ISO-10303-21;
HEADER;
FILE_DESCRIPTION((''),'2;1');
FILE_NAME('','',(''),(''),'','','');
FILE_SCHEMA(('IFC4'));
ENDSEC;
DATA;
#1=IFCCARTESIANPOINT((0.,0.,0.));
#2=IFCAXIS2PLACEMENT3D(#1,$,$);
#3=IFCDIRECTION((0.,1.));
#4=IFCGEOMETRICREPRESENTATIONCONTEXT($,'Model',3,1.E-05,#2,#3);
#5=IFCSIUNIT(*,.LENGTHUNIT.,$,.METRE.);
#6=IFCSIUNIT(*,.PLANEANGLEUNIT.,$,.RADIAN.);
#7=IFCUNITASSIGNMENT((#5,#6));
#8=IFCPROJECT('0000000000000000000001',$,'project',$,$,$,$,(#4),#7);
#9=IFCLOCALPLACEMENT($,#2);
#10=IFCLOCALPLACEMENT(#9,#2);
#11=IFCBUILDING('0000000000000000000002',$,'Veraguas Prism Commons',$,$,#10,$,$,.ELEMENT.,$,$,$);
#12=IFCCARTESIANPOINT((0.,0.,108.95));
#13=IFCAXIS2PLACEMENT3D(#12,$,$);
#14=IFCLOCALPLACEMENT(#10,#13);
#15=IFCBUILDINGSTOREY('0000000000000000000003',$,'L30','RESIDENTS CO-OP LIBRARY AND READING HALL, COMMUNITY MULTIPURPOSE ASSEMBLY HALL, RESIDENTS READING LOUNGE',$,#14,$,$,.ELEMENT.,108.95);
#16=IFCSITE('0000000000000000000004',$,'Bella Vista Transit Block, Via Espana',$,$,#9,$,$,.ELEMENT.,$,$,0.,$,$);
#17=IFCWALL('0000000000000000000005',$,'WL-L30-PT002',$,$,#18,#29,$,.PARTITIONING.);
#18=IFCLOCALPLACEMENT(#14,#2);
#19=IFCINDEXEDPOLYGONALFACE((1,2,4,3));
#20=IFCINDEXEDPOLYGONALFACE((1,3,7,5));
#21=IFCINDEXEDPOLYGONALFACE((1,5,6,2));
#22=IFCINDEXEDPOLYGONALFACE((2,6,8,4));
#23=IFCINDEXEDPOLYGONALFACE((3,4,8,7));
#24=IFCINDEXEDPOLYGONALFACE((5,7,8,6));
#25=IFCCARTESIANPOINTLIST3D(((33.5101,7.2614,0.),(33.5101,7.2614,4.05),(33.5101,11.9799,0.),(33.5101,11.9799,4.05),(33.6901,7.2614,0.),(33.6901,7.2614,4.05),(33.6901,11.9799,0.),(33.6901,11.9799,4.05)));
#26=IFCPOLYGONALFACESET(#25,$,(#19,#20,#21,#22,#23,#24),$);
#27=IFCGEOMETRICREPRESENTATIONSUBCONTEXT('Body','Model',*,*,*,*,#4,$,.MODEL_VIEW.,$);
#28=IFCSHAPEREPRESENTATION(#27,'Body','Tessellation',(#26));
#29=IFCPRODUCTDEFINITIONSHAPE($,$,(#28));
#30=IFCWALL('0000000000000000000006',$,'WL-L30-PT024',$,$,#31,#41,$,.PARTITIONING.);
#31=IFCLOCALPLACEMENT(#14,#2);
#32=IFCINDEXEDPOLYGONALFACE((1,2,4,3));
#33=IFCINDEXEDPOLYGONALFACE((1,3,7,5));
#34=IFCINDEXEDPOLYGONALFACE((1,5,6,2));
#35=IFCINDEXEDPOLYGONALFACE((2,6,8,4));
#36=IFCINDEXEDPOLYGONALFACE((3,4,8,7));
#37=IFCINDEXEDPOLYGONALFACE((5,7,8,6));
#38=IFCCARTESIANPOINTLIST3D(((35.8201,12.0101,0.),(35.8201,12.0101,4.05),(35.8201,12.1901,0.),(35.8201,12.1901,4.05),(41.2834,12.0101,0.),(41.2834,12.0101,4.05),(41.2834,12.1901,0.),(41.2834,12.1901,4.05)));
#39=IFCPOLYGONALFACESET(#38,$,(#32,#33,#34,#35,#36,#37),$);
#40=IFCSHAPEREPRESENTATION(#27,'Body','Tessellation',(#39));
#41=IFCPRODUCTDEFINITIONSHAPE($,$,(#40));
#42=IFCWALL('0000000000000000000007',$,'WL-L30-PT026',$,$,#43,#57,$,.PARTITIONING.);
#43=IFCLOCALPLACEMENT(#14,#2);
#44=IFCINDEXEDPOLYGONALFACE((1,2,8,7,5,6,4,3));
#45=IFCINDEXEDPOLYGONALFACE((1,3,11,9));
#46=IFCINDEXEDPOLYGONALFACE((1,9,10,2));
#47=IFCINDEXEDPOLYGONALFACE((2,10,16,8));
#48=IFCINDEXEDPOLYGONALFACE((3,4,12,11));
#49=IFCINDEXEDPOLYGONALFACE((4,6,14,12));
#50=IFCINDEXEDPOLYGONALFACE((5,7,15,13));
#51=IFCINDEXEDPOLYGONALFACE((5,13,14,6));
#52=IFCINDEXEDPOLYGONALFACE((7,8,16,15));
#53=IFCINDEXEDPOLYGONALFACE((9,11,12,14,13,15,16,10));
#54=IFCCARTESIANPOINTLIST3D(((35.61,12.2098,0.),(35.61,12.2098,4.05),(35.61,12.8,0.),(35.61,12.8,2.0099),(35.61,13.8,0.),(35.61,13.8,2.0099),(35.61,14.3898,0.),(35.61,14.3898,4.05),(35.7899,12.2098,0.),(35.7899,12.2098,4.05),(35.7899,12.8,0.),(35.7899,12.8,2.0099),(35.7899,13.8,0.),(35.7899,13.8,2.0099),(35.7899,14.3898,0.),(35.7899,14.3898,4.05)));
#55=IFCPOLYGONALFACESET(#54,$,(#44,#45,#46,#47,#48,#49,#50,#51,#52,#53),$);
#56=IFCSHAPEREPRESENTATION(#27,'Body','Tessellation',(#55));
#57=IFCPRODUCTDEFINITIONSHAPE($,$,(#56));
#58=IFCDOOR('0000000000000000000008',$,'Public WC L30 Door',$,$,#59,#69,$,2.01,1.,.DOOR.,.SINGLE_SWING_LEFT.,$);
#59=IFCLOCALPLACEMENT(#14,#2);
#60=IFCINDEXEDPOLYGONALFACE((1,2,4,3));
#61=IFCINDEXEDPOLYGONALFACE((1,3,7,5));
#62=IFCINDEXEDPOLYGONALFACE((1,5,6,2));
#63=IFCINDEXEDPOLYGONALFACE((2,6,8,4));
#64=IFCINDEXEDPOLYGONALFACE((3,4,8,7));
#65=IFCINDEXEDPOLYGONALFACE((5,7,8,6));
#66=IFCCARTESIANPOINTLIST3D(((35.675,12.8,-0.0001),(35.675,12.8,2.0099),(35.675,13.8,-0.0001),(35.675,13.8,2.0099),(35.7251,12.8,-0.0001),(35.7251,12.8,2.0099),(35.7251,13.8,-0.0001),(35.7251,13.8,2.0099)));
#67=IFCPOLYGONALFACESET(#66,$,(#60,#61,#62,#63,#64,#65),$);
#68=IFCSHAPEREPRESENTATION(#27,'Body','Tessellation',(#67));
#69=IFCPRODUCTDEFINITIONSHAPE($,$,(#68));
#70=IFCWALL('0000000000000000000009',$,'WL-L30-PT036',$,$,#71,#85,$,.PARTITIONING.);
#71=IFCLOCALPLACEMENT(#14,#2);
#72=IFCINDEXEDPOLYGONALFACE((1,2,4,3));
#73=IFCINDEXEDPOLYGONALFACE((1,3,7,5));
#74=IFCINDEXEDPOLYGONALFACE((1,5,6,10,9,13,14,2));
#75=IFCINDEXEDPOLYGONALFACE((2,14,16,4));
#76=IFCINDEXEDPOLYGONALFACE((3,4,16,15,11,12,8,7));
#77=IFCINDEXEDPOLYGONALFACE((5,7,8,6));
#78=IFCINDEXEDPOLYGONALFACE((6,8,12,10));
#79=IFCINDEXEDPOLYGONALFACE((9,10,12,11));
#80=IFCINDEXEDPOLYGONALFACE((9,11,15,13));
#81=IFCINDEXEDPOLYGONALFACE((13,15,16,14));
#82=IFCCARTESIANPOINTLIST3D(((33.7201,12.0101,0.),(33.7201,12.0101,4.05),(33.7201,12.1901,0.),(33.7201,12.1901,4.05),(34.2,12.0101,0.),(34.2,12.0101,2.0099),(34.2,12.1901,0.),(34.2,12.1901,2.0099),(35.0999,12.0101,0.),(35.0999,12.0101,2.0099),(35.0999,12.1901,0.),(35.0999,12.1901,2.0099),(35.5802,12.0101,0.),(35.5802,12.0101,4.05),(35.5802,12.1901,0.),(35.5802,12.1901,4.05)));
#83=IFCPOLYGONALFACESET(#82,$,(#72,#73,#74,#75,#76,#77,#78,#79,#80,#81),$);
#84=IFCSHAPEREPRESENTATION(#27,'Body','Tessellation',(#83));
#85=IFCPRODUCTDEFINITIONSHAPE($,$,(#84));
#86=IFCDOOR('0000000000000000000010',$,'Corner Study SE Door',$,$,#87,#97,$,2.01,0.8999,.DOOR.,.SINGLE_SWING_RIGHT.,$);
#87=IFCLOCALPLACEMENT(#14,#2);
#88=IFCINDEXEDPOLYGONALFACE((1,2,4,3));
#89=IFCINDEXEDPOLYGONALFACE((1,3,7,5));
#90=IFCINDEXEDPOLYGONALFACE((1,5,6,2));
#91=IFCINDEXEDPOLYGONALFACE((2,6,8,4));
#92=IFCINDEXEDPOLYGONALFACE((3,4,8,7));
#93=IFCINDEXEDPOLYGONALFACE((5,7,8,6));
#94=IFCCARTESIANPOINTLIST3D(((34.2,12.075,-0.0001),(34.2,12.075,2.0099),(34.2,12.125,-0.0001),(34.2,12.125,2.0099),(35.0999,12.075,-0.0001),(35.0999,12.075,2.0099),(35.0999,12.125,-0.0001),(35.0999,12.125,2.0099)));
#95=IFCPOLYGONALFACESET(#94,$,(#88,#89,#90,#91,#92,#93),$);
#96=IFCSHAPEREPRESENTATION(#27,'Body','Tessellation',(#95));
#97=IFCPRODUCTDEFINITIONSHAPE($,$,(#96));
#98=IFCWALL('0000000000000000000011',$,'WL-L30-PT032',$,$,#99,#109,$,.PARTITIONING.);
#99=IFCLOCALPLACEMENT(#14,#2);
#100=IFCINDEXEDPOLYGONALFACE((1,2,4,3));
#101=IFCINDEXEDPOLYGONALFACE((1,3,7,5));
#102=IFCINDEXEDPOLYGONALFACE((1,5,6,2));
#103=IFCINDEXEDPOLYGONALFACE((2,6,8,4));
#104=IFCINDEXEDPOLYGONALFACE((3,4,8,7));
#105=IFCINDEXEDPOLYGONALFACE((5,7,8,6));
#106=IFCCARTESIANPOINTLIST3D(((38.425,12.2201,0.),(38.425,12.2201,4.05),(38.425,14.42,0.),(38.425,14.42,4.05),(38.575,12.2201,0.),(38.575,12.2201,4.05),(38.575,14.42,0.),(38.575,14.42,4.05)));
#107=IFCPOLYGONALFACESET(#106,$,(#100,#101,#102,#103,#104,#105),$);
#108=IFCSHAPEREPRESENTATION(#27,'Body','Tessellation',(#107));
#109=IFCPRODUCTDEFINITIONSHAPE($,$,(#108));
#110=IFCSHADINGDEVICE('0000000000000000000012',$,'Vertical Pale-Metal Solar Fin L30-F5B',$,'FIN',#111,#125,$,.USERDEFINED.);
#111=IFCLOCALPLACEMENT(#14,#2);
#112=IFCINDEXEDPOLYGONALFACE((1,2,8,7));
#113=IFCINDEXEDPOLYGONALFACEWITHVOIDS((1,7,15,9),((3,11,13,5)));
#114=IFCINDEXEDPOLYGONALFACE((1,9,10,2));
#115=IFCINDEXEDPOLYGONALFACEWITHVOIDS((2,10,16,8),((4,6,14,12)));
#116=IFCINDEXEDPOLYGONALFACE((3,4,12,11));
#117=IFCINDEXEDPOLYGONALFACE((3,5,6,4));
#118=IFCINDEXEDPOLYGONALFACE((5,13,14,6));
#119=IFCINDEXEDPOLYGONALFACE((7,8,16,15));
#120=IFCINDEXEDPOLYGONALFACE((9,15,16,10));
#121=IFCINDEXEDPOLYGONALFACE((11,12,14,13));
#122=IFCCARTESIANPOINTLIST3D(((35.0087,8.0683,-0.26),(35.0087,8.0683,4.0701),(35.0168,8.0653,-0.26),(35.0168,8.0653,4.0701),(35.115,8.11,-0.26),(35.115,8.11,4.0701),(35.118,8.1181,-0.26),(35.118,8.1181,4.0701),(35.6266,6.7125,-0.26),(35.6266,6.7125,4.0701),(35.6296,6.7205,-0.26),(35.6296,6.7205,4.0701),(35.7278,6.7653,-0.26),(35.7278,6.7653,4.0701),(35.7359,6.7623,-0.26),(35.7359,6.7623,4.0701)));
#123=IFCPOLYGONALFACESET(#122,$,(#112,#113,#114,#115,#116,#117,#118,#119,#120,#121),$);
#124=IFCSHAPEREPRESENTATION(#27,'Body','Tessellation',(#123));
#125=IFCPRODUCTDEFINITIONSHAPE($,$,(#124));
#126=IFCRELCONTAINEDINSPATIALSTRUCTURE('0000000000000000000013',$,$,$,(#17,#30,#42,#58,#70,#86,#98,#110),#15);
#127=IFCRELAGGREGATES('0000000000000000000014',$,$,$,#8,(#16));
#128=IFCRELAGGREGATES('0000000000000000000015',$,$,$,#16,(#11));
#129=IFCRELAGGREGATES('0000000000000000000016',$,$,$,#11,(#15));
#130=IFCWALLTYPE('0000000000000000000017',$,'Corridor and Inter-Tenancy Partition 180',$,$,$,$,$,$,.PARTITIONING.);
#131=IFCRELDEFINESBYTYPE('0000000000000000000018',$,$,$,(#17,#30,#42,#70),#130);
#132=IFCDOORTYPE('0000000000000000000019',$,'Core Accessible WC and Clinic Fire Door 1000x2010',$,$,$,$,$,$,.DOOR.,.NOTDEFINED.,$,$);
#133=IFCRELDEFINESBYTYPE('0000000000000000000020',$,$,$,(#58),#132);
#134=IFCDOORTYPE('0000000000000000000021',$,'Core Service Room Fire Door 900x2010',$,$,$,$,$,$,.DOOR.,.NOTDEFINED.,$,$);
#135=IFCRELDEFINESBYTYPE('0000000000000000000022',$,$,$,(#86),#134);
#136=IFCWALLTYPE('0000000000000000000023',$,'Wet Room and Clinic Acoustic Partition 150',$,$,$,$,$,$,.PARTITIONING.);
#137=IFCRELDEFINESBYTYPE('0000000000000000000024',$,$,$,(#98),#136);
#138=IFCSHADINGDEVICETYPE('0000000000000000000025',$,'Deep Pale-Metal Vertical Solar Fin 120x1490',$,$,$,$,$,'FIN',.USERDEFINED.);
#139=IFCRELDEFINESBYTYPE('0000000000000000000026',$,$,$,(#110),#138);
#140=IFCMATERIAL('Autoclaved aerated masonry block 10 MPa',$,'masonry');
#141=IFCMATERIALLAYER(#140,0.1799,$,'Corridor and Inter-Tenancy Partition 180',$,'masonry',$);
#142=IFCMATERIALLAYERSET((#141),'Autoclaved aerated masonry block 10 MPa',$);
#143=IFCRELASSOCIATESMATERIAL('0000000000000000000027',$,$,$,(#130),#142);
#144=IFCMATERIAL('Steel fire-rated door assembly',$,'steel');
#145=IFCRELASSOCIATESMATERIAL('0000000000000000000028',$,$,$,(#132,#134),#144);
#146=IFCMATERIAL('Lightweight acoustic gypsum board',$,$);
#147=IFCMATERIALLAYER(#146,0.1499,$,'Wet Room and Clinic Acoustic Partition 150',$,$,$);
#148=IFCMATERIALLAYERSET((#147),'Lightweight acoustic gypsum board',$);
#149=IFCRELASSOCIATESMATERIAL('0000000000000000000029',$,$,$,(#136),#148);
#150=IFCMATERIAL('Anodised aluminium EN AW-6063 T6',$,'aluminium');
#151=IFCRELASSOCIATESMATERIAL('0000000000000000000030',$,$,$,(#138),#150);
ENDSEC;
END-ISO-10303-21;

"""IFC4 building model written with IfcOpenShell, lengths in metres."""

from ifc_helpers import new_model, si_unit, direction, frame, frame_2d, origin, origin_2d, place, context, subcontext, project, spatial, rectangle, hollow_rectangle, extrude, source, transform, mapped, material, layer, layer_set, material_profile, profile_set, type_object, element, fill, save


model = new_model("IFC4")

# Units and contexts
model_context = context("Model", 3, precision=1e-05, world=origin(), true_north=direction((0.0, 1.0)))
body_context = subcontext(model_context, "Body", "Model", "MODEL_VIEW")
ifc_project = project(units=[si_unit("LENGTHUNIT", "METRE"), si_unit("PLANEANGLEUNIT", "RADIAN")], contexts=[model_context])

# Site, building, storey
site_placement = place(None, origin())
site = spatial("IfcSite", under=ifc_project, at=site_placement, Name="Bella Vista Transit Block, Via Espana", CompositionType="ELEMENT", RefElevation=0.0)
building_placement = place(site_placement, origin())
building = spatial("IfcBuilding", under=site, at=building_placement, Name="Veraguas Prism Commons", CompositionType="ELEMENT")
storey_placement = place(building_placement, frame((0.0, 0.0, 108.95)))
storey = spatial("IfcBuildingStorey", under=building, at=storey_placement, Name="L30", Description="RESIDENTS CO-OP LIBRARY AND READING HALL, COMMUNITY MULTIPURPOSE ASSEMBLY HALL, RESIDENTS READING LOUNGE", CompositionType="ELEMENT", Elevation=108.95)

# Shared definitions
ifc_material_1 = material(Name="Anodised aluminium EN AW-6063 T6", Category="aluminium")

# Walls
ifc_material_2 = material(Name="Autoclaved aerated masonry block 10 MPa", Category="masonry")
ifc_layer_1 = layer(ifc_material_2, 0.1799, Name="Corridor and Inter-Tenancy Partition 180", Category="masonry")
ifc_layer_set_1 = layer_set([ifc_layer_1], Name="Autoclaved aerated masonry block 10 MPa")
wall_type_1 = type_object("IfcWallType", Name="Corridor and Inter-Tenancy Partition 180", PredefinedType="PARTITIONING", material=ifc_layer_set_1)
wall_1_placement = place(storey_placement, frame((33.6001, 11.98, 0.0), z_axis=(0.0, 0.0, 1.0), x_axis=(0.0, -1.0, 0.0)))
element("IfcWall", 1, at=wall_1_placement, inside=storey, type_object=wall_type_1, Name="WL-L30-PT002", PredefinedType="PARTITIONING", context=body_context, shape_type="SweptSolid", body=[
    extrude(rectangle(XDim=4.7185, YDim=0.1799, at=frame_2d((2.3594, 0.0))), origin(), (0.0, 0.0, 1.0), 4.05),
])
wall_2_placement = place(storey_placement, frame((35.8201, 12.1001, 0.0), z_axis=(0.0, 0.0, 1.0), x_axis=(1.0, 0.0, 0.0)))
element("IfcWall", 2, at=wall_2_placement, inside=storey, type_object=wall_type_1, Name="WL-L30-PT024", PredefinedType="PARTITIONING", context=body_context, shape_type="SweptSolid", body=[
    extrude(rectangle(XDim=5.4634, YDim=0.1799, at=frame_2d((2.7317, 0.0))), origin(), (0.0, 0.0, 1.0), 4.05),
])

# Walls, openings, doors
wall_3_placement = place(storey_placement, frame((35.7, 12.21, 0.0), z_axis=(0.0, 0.0, 1.0), x_axis=(0.0, 1.0, 0.0)))
wall_3 = element("IfcWall", 3, at=wall_3_placement, inside=storey, type_object=wall_type_1, Name="WL-L30-PT026", PredefinedType="PARTITIONING", context=body_context, shape_type="SweptSolid", body=[
    extrude(rectangle(XDim=2.1799, YDim=0.1799, at=frame_2d((1.0898, 0.0))), origin(), (0.0, 0.0, 1.0), 4.05),
])
opening_1_placement = place(wall_3_placement, frame((0.5901, 0.0, 0.0)))
opening_1 = element("IfcOpeningElement", 4, at=opening_1_placement, cuts=wall_3, PredefinedType="OPENING", context=body_context, shape_type="SweptSolid", body=[
    extrude(rectangle(XDim=1.0, YDim=2.01, at=frame_2d((0.5, 1.0049))), frame((0.0, 0.0999, 0.0), z_axis=(0.0, -1.0, 0.0), x_axis=(1.0, 0.0, 0.0)), (0.0, 0.0, 1.0), 0.2),
])
ifc_material_3 = material(Name="Steel fire-rated door assembly", Category="steel")
door_type_1 = type_object("IfcDoorType", Name="Core Accessible WC and Clinic Fire Door 1000x2010", OperationType="NOTDEFINED", PredefinedType="DOOR", material=ifc_material_3)
shared_shape_1 = source(origin(), body_context, "Body", "SweptSolid", [
    extrude(rectangle(XDim=1.0, YDim=2.01, at=frame_2d((0.5, 1.0049))), frame((0.0, 0.0249, 0.0), z_axis=(0.0, -1.0, 0.0), x_axis=(1.0, 0.0, 0.0)), (0.0, 0.0, 1.0), 0.05),
])
door_1_placement = place(opening_1_placement, origin())
door_1 = element("IfcDoor", 5, at=door_1_placement, inside=storey, type_object=door_type_1, Name="Public WC L30 Door", OperationType="SINGLE_SWING_LEFT", OverallHeight=2.01, OverallWidth=1.0, PredefinedType="DOOR", context=body_context, shape_type="MappedRepresentation", body=[
    mapped(shared_shape_1, transform((0.0, 0.0, 0.0), scale=1.0)),
])
fill(opening_1, door_1)
wall_4_placement = place(storey_placement, frame((33.72, 12.1001, 0.0), z_axis=(0.0, 0.0, 1.0), x_axis=(1.0, 0.0, 0.0)))
wall_4 = element("IfcWall", 6, at=wall_4_placement, inside=storey, type_object=wall_type_1, Name="WL-L30-PT036", PredefinedType="PARTITIONING", context=body_context, shape_type="SweptSolid", body=[
    extrude(rectangle(XDim=1.8601, YDim=0.1799, at=frame_2d((0.9302, 0.0))), origin(), (0.0, 0.0, 1.0), 4.05),
])
opening_2_placement = place(wall_4_placement, frame((0.48, 0.0, 0.0)))
opening_2 = element("IfcOpeningElement", 7, at=opening_2_placement, cuts=wall_4, PredefinedType="OPENING", context=body_context, shape_type="SweptSolid", body=[
    extrude(rectangle(XDim=0.8999, YDim=2.01, at=frame_2d((0.45, 1.0049))), frame((0.0, 0.0999, 0.0), z_axis=(0.0, -1.0, 0.0), x_axis=(1.0, 0.0, 0.0)), (0.0, 0.0, 1.0), 0.2),
])
door_type_2 = type_object("IfcDoorType", Name="Core Service Room Fire Door 900x2010", OperationType="NOTDEFINED", PredefinedType="DOOR", material=ifc_material_3)
shared_shape_2 = source(origin(), body_context, "Body", "SweptSolid", [
    extrude(rectangle(XDim=0.8999, YDim=2.01, at=frame_2d((0.45, 1.0049))), frame((0.0, 0.0249, 0.0), z_axis=(0.0, -1.0, 0.0), x_axis=(1.0, 0.0, 0.0)), (0.0, 0.0, 1.0), 0.05),
])
door_2_placement = place(opening_2_placement, origin())
door_2 = element("IfcDoor", 8, at=door_2_placement, inside=storey, type_object=door_type_2, Name="Corner Study SE Door", OperationType="SINGLE_SWING_RIGHT", OverallHeight=2.01, OverallWidth=0.8999, PredefinedType="DOOR", context=body_context, shape_type="MappedRepresentation", body=[
    mapped(shared_shape_2, transform((0.0, 0.0, 0.0), scale=1.0)),
])
fill(opening_2, door_2)

# Wall
ifc_material_4 = material(Name="Lightweight acoustic gypsum board")
ifc_layer_2 = layer(ifc_material_4, 0.1499, Name="Wet Room and Clinic Acoustic Partition 150")
ifc_layer_set_2 = layer_set([ifc_layer_2], Name="Lightweight acoustic gypsum board")
wall_type_2 = type_object("IfcWallType", Name="Wet Room and Clinic Acoustic Partition 150", PredefinedType="PARTITIONING", material=ifc_layer_set_2)
wall_5_placement = place(storey_placement, frame((38.5, 12.22, 0.0), z_axis=(0.0, 0.0, 1.0), x_axis=(0.0, 1.0, 0.0)))
element("IfcWall", 9, at=wall_5_placement, inside=storey, type_object=wall_type_2, Name="WL-L30-PT032", PredefinedType="PARTITIONING", context=body_context, shape_type="SweptSolid", body=[
    extrude(rectangle(XDim=2.2, YDim=0.1499, at=frame_2d((1.1001, 0.0))), origin(), (0.0, 0.0, 1.0), 4.05),
])

# Shading device
ifc_material_profile_1 = material_profile(ifc_material_1, hollow_rectangle(XDim=0.1201, YDim=1.49, WallThickness=0.0061, at=origin_2d()), Name="FIN120X1490X6")
ifc_profile_set_1 = profile_set([ifc_material_profile_1], Name="Anodised aluminium EN AW-6063 T6")
shading_device_type = type_object("IfcShadingDeviceType", Name="Deep Pale-Metal Vertical Solar Fin 120x1490", ElementType="FIN", PredefinedType="USERDEFINED", material=ifc_profile_set_1)
shading_device_placement = place(storey_placement, frame((35.3723, 7.4153, -0.26), z_axis=(0.0, 0.0, 1.0), x_axis=(0.90996, 0.414696, 0.0)))
element("IfcShadingDevice", 10, at=shading_device_placement, inside=storey, type_object=shading_device_type, Name="Vertical Pale-Metal Solar Fin L30-F5B", ObjectType="FIN", PredefinedType="USERDEFINED", context=body_context, shape_type="SweptSolid", body=[
    extrude(hollow_rectangle(XDim=0.1201, YDim=1.49, WallThickness=0.0061, at=origin_2d()), origin(), (0.0, 0.0, 1.0), 4.3301),
])

save(model, "model.ifc")
